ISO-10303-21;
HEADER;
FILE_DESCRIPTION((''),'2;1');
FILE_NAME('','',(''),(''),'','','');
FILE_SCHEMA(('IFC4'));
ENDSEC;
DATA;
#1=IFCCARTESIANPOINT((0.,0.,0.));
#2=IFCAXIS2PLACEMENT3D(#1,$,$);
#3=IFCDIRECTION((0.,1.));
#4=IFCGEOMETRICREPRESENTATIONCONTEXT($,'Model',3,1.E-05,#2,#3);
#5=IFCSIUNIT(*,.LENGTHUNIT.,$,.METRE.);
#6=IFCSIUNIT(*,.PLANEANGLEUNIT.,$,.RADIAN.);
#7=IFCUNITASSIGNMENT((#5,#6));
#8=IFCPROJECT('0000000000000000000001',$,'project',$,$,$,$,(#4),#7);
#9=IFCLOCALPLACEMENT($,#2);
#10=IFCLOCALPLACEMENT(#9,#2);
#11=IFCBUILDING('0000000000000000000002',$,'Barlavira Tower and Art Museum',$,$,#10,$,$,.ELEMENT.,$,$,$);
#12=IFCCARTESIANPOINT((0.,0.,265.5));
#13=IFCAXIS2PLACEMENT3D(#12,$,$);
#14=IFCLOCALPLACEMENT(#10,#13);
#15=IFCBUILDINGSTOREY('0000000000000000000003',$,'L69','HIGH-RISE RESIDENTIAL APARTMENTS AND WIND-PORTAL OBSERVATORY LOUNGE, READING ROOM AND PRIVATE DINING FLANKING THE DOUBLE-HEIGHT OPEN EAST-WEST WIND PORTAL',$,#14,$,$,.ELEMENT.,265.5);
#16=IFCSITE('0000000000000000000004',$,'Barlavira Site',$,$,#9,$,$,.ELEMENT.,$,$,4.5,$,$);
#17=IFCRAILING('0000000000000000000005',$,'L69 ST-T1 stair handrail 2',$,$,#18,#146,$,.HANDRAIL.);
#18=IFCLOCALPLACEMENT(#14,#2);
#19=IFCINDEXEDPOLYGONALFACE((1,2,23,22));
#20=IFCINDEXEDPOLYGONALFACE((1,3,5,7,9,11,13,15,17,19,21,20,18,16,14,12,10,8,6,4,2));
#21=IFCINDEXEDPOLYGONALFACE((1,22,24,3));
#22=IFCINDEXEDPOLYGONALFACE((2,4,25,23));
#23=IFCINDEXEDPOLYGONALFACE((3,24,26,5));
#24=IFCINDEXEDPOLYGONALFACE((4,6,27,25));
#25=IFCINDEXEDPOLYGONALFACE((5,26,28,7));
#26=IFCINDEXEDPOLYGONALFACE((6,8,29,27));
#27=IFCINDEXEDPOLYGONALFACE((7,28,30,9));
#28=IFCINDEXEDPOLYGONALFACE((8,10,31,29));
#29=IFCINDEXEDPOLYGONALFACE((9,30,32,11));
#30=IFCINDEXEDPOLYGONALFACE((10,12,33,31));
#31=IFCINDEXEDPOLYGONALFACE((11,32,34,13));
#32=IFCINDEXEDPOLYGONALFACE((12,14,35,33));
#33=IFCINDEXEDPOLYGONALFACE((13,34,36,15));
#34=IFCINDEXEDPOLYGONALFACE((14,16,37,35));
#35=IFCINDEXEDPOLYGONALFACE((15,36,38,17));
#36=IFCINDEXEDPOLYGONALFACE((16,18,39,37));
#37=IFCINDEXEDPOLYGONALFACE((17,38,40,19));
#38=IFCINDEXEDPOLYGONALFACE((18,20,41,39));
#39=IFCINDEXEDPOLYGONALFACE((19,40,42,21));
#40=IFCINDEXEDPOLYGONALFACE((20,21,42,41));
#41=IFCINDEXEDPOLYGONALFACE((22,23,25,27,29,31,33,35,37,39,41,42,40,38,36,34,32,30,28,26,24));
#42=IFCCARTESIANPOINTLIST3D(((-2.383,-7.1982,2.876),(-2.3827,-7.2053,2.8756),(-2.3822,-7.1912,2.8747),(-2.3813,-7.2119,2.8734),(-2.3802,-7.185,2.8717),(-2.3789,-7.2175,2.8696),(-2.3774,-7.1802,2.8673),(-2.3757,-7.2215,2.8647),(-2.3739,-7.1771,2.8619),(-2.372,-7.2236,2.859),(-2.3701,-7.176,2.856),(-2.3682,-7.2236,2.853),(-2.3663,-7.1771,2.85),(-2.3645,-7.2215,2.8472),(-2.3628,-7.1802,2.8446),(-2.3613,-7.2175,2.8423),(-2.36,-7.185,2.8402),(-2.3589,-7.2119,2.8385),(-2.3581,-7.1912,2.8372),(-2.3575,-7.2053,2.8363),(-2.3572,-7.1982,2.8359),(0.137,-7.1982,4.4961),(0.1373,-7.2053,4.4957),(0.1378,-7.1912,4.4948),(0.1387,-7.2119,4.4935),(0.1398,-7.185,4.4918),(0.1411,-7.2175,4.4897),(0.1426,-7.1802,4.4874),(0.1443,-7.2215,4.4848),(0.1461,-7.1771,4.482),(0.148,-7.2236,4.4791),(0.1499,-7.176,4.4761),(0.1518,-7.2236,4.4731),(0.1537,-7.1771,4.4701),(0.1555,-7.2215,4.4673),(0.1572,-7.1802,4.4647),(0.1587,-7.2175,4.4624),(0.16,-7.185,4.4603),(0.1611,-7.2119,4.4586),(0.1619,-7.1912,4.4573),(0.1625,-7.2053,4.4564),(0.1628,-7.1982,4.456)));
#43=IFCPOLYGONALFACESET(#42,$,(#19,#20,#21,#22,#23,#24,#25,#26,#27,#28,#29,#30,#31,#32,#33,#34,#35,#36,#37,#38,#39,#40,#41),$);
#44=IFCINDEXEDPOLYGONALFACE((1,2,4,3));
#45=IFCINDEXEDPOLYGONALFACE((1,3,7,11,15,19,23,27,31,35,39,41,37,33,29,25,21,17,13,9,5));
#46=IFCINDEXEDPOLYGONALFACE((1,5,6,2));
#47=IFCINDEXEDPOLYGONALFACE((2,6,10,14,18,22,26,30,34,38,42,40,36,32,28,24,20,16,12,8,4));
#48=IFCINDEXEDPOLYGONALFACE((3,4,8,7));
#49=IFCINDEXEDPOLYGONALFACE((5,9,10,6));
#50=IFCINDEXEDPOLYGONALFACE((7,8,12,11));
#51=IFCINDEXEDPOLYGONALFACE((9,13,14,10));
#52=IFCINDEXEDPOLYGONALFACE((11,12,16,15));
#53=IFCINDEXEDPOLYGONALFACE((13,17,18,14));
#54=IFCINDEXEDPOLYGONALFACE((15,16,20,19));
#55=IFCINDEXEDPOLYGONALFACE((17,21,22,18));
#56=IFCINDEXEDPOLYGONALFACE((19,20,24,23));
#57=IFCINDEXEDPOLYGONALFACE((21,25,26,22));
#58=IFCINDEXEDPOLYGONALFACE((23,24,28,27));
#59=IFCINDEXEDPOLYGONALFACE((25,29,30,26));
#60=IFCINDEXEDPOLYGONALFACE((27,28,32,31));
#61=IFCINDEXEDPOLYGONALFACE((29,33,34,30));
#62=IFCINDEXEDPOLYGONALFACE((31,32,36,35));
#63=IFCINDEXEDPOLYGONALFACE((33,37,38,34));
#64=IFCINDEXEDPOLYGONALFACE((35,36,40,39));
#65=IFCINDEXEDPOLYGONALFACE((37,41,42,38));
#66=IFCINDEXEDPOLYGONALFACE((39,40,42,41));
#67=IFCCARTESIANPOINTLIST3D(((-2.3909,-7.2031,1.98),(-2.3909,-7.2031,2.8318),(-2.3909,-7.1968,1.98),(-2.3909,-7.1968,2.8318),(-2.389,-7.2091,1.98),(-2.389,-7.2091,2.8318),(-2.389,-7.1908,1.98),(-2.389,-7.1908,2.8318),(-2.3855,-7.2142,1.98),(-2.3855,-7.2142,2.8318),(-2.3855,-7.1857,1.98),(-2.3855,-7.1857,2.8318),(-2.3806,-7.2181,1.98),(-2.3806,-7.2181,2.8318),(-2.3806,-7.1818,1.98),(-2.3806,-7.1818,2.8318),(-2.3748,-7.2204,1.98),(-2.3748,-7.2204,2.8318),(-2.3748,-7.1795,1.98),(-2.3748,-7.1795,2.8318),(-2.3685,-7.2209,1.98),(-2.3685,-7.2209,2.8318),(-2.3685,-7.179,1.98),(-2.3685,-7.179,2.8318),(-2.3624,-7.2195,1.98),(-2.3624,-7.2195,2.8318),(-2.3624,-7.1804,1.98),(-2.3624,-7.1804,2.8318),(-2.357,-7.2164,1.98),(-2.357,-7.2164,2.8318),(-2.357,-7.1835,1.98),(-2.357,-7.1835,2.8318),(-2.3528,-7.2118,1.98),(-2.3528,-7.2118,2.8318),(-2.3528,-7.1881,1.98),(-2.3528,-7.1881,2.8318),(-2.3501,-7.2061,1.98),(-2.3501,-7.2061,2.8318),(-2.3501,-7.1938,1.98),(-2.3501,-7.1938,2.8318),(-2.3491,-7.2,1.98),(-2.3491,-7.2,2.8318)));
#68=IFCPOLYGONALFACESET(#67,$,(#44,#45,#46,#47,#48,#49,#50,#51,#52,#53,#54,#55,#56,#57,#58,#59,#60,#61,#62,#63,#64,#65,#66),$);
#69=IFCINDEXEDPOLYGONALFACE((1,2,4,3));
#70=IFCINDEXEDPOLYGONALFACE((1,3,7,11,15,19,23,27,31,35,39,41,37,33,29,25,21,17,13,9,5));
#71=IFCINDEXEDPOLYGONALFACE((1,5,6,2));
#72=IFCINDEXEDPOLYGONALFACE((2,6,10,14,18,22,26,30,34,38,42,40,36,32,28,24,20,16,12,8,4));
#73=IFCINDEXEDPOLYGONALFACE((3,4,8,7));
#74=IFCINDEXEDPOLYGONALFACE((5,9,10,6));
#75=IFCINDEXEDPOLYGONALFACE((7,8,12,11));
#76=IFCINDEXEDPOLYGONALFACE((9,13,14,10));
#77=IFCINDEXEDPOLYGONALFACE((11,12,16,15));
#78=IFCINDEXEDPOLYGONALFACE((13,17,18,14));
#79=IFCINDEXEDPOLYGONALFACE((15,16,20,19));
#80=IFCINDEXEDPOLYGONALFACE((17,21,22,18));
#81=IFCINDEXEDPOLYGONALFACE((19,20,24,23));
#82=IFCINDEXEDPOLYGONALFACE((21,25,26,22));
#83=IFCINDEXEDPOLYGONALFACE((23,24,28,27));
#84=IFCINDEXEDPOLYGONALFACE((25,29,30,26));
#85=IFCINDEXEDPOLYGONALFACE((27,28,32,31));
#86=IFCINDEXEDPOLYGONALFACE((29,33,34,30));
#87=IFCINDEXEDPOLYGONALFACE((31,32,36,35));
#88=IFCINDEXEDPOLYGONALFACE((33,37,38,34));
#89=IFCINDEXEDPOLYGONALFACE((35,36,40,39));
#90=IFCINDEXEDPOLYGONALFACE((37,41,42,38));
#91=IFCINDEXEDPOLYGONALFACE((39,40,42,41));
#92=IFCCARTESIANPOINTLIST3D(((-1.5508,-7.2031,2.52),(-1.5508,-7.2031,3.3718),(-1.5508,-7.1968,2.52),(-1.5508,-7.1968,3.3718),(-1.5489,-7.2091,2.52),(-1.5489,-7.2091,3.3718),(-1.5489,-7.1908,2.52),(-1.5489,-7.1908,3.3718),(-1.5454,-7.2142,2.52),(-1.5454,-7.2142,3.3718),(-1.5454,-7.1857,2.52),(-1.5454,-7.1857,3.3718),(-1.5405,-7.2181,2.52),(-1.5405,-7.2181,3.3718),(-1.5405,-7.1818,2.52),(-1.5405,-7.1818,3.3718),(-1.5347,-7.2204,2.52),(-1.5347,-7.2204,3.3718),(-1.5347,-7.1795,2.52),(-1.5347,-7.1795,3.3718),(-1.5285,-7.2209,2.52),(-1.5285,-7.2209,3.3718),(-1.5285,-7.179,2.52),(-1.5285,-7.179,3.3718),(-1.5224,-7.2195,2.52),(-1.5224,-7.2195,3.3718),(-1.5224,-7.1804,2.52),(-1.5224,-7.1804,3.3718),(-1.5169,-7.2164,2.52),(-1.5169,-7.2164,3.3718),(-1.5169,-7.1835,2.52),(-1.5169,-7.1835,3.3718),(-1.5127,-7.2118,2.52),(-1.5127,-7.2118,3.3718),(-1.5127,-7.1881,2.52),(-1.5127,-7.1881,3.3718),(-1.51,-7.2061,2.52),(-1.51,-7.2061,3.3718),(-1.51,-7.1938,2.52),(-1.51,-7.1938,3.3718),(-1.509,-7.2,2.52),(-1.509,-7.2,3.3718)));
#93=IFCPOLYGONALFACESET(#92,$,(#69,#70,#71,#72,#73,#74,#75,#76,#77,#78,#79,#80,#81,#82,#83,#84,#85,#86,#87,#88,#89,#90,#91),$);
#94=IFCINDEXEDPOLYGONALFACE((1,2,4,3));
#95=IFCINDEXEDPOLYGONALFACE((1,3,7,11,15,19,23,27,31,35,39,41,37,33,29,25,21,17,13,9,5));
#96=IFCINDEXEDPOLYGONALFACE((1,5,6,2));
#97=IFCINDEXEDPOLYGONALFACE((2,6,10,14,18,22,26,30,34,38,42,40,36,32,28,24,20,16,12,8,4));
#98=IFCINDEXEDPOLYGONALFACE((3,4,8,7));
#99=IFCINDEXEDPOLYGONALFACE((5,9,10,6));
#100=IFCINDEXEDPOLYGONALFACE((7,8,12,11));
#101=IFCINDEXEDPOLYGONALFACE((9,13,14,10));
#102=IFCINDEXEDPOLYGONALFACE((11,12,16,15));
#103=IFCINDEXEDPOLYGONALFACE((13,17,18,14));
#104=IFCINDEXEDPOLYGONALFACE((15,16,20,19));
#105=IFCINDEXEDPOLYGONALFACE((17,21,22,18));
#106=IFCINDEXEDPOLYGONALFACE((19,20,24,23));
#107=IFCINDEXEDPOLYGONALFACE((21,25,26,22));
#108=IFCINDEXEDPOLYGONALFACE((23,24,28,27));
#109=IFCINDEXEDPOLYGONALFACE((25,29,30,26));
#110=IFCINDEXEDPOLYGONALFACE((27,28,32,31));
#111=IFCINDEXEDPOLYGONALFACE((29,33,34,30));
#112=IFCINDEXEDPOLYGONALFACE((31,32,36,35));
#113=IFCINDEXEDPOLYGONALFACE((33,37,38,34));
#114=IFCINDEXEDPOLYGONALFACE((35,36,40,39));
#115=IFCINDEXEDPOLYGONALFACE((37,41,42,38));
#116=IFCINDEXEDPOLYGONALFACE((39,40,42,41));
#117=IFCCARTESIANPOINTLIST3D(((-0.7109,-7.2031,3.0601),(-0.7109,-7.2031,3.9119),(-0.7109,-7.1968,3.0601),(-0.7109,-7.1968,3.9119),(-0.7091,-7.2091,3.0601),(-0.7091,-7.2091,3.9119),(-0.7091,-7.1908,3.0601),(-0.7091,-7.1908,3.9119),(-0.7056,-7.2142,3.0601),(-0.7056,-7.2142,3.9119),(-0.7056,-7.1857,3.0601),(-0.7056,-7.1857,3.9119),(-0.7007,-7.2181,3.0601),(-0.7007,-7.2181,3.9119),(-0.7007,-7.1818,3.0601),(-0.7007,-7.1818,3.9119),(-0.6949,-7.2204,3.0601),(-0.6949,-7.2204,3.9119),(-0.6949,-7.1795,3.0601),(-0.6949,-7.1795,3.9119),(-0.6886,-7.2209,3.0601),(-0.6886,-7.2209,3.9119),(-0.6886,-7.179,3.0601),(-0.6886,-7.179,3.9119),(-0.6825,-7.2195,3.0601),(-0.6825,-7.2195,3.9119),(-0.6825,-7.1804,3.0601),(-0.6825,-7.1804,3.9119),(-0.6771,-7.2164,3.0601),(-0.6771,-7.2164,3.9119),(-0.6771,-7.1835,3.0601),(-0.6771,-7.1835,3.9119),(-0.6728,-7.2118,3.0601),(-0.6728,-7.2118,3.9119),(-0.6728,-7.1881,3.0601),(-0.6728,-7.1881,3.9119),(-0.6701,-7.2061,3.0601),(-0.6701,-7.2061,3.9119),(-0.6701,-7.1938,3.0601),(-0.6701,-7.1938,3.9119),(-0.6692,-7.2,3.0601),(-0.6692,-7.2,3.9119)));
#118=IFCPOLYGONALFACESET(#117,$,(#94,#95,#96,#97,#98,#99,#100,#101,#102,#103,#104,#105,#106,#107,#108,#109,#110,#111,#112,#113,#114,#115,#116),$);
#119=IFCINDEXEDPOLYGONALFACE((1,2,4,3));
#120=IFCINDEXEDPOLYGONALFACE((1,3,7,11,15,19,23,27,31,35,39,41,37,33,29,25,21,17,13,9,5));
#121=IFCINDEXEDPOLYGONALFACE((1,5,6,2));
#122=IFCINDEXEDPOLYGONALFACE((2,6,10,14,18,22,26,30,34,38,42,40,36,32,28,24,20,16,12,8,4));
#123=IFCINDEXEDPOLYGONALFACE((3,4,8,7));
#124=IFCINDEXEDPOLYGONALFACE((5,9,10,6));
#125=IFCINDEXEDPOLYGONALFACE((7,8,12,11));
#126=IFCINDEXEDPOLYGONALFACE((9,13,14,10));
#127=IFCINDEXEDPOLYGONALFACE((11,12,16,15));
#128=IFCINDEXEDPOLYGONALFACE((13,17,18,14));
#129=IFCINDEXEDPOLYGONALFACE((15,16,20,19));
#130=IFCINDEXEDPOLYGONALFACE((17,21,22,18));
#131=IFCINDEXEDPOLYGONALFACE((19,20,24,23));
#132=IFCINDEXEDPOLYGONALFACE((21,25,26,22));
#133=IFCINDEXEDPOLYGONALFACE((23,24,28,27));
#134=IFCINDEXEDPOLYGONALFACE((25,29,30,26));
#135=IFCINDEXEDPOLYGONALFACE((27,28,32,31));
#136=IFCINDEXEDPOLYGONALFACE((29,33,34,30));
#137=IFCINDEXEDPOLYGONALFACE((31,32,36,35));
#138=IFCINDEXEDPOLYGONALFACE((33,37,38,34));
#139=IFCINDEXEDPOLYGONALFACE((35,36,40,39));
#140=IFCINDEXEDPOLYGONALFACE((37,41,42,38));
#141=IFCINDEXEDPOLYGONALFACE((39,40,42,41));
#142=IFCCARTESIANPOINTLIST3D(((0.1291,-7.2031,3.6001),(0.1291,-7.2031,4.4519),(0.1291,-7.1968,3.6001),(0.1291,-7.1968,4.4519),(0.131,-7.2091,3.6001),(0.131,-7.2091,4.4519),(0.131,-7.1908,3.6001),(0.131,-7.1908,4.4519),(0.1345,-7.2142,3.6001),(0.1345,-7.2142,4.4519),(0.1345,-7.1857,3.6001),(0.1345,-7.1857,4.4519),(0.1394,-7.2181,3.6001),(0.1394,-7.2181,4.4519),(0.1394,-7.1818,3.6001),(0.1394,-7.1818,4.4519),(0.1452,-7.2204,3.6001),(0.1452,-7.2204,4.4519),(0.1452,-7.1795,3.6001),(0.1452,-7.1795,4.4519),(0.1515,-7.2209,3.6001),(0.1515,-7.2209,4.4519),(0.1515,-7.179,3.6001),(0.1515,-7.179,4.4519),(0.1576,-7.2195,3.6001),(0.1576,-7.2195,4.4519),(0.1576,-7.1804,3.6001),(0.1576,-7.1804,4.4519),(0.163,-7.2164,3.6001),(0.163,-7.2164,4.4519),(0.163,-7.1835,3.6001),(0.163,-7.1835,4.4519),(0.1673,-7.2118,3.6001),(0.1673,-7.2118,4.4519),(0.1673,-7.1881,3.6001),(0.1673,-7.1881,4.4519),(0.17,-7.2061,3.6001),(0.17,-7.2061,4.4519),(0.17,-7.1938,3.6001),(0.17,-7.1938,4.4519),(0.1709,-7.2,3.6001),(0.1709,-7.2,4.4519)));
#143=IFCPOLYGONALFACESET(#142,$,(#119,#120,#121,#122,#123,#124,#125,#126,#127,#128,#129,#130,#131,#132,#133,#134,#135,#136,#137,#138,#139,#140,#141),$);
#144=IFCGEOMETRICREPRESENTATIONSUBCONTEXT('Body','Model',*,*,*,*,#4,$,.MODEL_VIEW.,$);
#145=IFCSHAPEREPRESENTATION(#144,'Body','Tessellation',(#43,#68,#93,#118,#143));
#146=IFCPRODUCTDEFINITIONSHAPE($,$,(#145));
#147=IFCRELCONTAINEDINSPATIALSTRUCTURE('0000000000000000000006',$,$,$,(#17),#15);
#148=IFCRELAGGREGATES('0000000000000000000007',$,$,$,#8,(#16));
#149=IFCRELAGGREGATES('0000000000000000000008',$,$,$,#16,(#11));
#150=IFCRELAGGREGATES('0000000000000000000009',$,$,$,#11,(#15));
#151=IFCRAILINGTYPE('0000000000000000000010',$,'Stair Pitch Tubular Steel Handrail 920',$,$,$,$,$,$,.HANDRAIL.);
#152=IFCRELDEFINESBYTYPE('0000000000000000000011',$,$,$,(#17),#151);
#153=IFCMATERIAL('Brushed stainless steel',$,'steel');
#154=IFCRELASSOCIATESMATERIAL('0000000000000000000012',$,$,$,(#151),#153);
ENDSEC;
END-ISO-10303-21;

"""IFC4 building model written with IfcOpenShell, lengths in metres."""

from ifc_helpers import new_model, si_unit, direction, frame, origin, origin_2d, place, context, subcontext, project, spatial, circle, extrude, material, type_object, element, save


model = new_model("IFC4")

# Units and contexts
model_context = context("Model", 3, precision=1e-05, world=origin(), true_north=direction((0.0, 1.0)))
body_context = subcontext(model_context, "Body", "Model", "MODEL_VIEW")
ifc_project = project(units=[si_unit("LENGTHUNIT", "METRE"), si_unit("PLANEANGLEUNIT", "RADIAN")], contexts=[model_context])

# Site, building, storey
site_placement = place(None, origin())
site = spatial("IfcSite", under=ifc_project, at=site_placement, Name="Barlavira Site", CompositionType="ELEMENT", RefElevation=4.5)
building_placement = place(site_placement, origin())
building = spatial("IfcBuilding", under=site, at=building_placement, Name="Barlavira Tower and Art Museum", CompositionType="ELEMENT")
storey_placement = place(building_placement, frame((0.0, 0.0, 265.5)))
storey = spatial("IfcBuildingStorey", under=building, at=storey_placement, Name="L69", Description="HIGH-RISE RESIDENTIAL APARTMENTS AND WIND-PORTAL OBSERVATORY LOUNGE, READING ROOM AND PRIVATE DINING FLANKING THE DOUBLE-HEIGHT OPEN EAST-WEST WIND PORTAL", CompositionType="ELEMENT", Elevation=265.5)

# Railing
ifc_material_1 = material(Name="Brushed stainless steel", Category="steel")
railing_type_1 = type_object("IfcRailingType", Name="Stair Pitch Tubular Steel Handrail 920", PredefinedType="HANDRAIL", material=ifc_material_1)
railing_1_placement = place(storey_placement, frame((-2.3701, -7.2, 1.98)))
element("IfcRailing", 1, at=railing_1_placement, inside=storey, type_object=railing_type_1, Name="L69 ST-T1 stair handrail 2", PredefinedType="HANDRAIL", context=body_context, shape_type="SweptSolid", body=[
    extrude(circle(Radius=0.0239, at=origin_2d()), frame((0.0, 0.0, 0.876), z_axis=(0.841163, 0.0, 0.540782), x_axis=(0.0, 1.0, 0.0)), (0.0, 0.0, 1.0), 2.9958),
    extrude(circle(Radius=0.021, at=origin_2d()), origin(), (0.0, 0.0, 1.0), 0.8518),
    extrude(circle(Radius=0.021, at=origin_2d()), frame((0.8401, 0.0, 0.54)), (0.0, 0.0, 1.0), 0.8518),
    extrude(circle(Radius=0.021, at=origin_2d()), frame((1.6799, 0.0, 1.0801)), (0.0, 0.0, 1.0), 0.8518),
    extrude(circle(Radius=0.021, at=origin_2d()), frame((2.52, 0.0, 1.6201)), (0.0, 0.0, 1.0), 0.8518),
])

save(model, "model.ifc")
